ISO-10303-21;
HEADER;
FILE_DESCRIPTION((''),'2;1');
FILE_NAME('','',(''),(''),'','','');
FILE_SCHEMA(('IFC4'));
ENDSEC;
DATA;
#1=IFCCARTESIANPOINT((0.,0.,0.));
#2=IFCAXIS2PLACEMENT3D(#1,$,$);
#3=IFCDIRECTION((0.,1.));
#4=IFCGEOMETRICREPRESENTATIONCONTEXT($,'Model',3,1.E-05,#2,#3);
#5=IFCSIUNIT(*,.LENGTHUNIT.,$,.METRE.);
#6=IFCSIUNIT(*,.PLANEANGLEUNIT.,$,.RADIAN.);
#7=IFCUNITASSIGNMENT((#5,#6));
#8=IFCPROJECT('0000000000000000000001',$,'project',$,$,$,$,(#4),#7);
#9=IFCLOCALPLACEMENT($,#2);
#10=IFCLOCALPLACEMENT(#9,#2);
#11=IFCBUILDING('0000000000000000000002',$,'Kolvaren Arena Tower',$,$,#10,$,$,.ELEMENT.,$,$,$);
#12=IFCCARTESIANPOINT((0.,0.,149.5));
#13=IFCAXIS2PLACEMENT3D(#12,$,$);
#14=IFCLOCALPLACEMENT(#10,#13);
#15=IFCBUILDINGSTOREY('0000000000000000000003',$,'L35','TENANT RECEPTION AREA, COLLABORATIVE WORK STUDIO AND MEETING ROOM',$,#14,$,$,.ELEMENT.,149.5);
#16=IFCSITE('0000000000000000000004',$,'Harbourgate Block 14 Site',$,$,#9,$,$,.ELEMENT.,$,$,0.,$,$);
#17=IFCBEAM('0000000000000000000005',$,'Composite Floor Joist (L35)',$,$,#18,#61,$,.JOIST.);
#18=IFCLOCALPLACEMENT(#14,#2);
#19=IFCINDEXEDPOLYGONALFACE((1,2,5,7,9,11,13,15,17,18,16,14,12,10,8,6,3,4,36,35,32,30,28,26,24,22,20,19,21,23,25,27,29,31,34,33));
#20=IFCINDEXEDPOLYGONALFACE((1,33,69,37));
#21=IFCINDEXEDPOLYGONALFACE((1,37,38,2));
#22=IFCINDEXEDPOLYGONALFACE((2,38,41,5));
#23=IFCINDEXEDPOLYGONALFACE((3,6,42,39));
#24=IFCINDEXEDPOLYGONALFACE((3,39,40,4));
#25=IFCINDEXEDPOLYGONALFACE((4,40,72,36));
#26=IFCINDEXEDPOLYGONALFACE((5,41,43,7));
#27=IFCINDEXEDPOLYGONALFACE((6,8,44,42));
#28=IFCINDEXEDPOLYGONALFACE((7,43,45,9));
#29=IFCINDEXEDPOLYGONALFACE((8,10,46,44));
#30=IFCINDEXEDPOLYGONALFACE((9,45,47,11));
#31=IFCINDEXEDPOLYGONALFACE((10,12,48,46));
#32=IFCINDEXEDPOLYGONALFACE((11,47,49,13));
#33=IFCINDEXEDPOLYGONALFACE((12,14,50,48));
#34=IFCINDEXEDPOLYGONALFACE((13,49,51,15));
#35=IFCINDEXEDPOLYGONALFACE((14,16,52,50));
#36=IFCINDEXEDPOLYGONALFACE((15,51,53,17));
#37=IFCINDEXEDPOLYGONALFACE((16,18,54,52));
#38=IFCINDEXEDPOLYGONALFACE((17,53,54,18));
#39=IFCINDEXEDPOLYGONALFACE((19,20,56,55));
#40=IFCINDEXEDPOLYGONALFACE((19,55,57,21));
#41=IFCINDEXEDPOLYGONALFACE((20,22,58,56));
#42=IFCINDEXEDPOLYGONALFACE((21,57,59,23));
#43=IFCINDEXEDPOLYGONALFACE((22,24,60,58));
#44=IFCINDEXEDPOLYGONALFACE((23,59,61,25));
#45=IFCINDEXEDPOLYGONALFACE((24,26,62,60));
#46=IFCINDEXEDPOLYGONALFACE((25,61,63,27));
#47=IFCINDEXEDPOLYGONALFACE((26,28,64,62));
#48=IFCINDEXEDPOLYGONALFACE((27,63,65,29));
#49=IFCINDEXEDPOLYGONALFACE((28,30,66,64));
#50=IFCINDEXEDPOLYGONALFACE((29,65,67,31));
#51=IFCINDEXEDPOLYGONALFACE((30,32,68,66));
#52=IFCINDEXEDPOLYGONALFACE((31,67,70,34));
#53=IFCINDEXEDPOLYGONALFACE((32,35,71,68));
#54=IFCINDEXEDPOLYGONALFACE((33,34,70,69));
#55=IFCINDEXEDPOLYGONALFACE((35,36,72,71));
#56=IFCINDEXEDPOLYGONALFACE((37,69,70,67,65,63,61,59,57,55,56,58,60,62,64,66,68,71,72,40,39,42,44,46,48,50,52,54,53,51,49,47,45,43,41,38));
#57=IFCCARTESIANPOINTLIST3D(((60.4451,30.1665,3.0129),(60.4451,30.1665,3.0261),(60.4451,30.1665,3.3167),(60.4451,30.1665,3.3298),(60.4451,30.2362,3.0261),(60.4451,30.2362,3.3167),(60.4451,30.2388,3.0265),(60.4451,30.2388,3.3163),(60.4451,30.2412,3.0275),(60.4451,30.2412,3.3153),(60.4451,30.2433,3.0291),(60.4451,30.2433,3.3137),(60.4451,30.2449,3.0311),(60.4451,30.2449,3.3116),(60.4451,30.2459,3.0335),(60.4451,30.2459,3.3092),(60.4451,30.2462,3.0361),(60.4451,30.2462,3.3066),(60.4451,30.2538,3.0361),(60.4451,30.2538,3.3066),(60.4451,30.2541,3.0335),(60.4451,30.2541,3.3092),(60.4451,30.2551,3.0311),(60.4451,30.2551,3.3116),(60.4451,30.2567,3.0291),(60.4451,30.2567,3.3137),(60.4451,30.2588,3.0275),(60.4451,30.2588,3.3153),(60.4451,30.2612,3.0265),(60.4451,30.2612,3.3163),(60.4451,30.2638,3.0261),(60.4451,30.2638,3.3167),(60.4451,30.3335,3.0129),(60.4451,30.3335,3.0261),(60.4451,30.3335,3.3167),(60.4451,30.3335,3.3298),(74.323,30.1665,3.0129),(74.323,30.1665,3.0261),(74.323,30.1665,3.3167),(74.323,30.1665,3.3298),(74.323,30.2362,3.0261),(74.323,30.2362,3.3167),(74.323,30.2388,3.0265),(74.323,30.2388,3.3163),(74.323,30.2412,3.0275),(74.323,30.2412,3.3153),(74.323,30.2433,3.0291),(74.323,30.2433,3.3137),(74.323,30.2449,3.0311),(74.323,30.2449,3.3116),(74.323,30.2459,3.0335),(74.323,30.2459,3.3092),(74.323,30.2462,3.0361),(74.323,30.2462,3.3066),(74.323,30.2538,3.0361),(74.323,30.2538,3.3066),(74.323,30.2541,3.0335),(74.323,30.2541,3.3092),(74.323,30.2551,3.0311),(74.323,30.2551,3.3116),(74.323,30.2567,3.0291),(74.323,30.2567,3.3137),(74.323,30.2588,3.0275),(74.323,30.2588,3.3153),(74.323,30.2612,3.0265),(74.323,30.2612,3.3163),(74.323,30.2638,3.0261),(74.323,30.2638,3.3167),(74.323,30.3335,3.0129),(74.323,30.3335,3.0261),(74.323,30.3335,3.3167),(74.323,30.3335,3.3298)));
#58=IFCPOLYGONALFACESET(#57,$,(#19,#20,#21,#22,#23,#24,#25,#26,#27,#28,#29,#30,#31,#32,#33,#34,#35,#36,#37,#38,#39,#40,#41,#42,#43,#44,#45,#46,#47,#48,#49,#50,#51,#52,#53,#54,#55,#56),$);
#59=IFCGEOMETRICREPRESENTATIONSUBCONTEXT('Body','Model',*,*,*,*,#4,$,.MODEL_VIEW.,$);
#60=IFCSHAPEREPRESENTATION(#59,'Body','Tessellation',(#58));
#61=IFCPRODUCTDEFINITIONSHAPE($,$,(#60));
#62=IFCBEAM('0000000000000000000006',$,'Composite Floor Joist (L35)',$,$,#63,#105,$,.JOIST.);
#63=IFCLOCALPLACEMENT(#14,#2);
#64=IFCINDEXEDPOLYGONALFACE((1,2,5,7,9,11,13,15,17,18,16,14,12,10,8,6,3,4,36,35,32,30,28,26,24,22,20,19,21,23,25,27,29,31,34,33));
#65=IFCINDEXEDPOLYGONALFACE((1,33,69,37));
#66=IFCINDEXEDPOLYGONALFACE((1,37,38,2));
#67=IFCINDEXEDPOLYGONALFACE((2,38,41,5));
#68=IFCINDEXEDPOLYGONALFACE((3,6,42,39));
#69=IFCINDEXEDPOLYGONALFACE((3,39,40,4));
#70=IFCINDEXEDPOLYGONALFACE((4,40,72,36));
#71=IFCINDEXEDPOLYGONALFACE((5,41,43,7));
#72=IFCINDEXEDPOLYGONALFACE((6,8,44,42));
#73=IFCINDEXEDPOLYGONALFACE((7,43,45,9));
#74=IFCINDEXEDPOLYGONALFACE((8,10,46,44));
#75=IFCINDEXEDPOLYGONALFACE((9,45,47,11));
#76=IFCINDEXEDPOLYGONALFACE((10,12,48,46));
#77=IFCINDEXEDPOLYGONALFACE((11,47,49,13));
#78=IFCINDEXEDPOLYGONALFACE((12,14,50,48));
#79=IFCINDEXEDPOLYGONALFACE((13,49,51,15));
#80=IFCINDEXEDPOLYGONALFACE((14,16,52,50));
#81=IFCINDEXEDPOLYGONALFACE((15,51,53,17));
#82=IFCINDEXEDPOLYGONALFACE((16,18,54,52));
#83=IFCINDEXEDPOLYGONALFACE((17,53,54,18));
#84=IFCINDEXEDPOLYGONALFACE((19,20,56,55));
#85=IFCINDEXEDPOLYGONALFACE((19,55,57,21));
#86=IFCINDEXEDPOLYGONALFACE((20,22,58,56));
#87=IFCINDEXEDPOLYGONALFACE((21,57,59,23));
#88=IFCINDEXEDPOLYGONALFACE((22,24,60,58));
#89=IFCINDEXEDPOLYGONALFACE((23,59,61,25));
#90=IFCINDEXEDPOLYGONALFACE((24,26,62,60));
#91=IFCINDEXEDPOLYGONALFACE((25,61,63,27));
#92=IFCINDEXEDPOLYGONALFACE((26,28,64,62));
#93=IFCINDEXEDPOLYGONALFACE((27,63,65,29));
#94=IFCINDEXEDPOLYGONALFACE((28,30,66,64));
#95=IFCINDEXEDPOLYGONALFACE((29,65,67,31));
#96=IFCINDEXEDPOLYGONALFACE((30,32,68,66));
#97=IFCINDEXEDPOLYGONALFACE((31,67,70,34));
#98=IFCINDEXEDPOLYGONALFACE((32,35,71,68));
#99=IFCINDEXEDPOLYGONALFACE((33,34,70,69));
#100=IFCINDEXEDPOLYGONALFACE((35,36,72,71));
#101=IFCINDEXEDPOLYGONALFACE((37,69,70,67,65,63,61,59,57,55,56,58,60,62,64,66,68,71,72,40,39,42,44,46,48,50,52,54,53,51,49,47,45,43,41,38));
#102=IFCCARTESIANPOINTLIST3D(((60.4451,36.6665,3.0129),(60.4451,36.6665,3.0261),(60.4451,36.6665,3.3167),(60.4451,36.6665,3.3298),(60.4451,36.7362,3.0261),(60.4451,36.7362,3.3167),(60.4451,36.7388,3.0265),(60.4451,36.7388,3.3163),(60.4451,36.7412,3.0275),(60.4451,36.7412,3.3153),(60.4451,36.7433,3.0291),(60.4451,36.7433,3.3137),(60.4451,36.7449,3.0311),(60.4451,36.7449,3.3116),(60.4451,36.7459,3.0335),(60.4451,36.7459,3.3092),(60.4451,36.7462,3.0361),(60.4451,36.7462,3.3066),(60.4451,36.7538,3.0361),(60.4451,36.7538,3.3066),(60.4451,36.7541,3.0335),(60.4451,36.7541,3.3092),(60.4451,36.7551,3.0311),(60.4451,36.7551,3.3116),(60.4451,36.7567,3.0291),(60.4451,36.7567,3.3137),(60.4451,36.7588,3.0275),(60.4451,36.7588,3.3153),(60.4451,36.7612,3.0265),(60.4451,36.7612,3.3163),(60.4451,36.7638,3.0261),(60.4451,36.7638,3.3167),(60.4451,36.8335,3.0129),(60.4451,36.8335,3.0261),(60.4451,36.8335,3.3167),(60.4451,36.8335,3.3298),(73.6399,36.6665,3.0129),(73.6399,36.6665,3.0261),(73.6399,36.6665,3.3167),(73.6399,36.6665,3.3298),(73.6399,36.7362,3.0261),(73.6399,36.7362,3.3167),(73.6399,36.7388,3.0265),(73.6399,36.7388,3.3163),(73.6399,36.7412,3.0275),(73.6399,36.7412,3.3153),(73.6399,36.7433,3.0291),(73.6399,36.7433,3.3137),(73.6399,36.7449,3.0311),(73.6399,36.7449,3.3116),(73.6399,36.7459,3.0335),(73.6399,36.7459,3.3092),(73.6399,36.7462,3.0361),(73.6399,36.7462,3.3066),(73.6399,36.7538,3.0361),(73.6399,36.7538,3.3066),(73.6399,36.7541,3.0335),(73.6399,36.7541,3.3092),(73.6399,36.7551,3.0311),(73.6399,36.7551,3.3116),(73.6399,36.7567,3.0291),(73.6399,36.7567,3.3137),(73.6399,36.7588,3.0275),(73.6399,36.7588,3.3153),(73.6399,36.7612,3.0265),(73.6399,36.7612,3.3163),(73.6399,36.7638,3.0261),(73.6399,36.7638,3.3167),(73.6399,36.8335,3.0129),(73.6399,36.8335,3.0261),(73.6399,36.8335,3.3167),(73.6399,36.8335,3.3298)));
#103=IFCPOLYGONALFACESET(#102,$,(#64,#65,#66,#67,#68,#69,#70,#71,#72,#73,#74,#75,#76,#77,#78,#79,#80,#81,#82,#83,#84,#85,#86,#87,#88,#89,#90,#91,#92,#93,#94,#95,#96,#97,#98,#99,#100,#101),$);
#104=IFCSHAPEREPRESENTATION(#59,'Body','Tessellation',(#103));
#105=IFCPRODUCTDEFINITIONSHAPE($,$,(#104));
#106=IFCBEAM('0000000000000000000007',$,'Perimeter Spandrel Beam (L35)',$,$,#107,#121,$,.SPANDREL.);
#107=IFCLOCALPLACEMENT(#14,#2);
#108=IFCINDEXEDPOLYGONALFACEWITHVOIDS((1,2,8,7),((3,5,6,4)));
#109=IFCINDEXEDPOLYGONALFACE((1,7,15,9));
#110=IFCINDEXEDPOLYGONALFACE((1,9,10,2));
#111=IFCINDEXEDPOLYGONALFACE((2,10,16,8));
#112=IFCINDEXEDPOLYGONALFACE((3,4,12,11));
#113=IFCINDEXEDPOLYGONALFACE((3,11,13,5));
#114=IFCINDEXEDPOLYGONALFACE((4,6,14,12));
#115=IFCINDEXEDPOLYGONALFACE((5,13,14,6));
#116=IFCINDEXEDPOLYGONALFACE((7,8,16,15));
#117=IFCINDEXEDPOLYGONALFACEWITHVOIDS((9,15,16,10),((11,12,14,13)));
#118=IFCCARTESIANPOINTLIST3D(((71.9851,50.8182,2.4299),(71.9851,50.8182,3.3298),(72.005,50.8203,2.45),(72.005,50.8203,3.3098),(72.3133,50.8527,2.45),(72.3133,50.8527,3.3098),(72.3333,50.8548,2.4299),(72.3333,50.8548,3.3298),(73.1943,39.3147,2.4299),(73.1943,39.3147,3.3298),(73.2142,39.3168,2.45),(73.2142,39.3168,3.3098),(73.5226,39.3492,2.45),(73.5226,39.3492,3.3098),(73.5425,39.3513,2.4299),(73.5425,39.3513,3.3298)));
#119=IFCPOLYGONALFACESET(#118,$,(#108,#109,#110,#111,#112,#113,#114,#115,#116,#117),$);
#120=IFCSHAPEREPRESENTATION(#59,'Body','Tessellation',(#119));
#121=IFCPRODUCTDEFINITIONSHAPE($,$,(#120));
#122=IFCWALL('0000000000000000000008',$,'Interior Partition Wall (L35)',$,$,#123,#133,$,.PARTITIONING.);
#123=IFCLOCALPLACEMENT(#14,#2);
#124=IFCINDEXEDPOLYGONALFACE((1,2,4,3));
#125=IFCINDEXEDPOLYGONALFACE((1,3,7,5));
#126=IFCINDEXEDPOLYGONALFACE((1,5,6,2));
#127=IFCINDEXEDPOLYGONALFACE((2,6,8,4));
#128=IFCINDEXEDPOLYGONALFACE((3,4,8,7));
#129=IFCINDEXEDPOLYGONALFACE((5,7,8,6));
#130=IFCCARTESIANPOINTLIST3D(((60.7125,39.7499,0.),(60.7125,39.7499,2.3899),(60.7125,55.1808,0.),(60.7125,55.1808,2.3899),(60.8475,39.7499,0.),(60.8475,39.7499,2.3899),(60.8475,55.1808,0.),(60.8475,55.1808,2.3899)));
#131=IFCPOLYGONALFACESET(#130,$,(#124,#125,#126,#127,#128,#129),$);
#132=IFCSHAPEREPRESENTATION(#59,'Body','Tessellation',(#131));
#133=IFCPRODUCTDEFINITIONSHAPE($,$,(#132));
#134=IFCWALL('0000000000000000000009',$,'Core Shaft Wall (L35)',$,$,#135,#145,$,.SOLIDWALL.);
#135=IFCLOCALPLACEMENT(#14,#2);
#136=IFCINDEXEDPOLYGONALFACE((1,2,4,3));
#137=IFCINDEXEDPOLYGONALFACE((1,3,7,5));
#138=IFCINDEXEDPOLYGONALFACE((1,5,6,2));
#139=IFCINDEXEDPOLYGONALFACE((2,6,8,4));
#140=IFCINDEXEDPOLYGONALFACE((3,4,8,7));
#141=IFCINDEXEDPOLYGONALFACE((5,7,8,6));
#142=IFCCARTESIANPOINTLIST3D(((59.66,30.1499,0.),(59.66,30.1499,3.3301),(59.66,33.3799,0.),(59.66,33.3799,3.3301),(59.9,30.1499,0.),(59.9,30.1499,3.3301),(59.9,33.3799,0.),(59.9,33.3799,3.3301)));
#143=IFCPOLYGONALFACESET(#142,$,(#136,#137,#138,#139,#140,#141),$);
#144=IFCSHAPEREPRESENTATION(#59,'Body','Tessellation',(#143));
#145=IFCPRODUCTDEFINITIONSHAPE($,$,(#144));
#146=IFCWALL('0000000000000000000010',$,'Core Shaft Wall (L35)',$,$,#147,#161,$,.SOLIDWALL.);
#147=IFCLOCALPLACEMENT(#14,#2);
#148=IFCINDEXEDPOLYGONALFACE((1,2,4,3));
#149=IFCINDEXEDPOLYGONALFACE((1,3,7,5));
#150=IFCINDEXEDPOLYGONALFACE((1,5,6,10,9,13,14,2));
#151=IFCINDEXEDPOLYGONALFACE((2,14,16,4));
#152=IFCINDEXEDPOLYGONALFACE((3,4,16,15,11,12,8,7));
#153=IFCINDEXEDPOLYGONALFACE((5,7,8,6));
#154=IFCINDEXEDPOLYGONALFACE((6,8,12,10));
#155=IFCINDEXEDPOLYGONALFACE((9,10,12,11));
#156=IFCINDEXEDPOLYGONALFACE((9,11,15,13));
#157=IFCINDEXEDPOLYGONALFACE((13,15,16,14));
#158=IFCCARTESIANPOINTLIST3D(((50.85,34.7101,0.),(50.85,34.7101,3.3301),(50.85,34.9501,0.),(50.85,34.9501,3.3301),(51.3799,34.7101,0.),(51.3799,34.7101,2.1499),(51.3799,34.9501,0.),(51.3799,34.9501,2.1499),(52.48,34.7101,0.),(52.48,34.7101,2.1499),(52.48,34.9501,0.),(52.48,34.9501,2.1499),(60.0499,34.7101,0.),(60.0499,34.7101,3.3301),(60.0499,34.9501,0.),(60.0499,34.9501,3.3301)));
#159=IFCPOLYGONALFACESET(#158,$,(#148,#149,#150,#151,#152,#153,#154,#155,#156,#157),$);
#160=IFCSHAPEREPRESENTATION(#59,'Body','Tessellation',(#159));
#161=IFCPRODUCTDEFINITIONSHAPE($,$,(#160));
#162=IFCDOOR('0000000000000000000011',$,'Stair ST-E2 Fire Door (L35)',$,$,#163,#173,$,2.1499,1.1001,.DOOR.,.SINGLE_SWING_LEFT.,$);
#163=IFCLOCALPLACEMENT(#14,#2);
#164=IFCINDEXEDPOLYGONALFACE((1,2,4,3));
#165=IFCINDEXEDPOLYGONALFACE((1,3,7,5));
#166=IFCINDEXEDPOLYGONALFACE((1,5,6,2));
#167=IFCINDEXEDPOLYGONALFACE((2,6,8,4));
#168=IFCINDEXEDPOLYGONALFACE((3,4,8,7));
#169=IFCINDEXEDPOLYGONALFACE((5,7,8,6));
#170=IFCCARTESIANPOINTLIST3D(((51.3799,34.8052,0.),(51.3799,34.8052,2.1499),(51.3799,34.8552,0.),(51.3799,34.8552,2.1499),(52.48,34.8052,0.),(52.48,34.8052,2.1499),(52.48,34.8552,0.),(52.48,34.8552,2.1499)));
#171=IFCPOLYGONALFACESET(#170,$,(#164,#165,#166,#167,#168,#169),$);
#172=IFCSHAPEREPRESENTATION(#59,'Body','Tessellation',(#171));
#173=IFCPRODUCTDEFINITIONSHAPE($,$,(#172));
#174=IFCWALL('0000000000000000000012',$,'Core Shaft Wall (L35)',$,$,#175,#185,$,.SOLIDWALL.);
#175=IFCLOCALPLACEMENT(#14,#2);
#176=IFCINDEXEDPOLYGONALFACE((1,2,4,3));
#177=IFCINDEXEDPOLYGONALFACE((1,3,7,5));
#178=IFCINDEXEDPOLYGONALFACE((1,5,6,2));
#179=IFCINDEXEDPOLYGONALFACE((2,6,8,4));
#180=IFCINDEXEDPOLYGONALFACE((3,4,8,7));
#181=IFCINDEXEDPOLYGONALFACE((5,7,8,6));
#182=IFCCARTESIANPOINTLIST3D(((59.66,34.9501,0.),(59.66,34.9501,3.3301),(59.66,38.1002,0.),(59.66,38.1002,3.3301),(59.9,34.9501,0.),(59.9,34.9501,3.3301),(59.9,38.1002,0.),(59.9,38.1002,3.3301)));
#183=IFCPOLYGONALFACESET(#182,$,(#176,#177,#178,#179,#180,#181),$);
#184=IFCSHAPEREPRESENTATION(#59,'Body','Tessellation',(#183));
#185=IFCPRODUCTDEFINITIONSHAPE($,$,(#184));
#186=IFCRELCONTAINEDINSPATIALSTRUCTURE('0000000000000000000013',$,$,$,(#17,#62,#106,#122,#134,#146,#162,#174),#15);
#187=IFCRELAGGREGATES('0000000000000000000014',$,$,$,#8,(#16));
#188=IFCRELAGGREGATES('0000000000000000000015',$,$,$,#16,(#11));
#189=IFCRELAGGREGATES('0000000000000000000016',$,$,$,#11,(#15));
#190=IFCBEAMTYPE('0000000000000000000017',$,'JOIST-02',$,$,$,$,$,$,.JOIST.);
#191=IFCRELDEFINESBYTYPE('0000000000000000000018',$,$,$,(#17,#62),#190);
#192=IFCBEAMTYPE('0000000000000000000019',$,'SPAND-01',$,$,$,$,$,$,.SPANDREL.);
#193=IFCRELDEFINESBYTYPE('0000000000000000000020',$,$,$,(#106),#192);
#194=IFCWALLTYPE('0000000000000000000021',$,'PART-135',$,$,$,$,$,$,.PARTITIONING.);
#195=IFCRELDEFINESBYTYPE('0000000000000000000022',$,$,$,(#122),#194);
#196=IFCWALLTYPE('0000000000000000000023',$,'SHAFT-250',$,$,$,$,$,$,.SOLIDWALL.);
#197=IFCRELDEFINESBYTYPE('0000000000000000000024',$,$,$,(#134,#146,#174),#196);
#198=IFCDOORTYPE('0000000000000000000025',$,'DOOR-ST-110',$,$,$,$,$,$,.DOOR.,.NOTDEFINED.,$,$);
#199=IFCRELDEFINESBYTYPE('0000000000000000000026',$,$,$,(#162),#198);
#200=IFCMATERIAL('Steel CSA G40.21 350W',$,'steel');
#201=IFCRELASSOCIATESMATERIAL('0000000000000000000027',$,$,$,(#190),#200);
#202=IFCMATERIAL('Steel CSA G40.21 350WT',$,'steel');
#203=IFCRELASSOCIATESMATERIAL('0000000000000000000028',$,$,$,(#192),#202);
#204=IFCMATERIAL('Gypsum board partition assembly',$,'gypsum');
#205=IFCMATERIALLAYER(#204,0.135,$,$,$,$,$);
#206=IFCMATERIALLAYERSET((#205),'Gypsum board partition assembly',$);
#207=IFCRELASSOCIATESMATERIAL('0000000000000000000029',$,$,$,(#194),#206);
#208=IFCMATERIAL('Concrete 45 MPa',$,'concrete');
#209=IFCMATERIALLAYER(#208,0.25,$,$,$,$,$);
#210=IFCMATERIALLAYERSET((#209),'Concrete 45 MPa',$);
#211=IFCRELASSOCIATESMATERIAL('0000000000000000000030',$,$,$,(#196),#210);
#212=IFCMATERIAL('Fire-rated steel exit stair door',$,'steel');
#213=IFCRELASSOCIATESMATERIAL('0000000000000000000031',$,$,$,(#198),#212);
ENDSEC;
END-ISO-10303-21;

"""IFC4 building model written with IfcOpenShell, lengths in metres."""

from ifc_helpers import new_model, si_unit, direction, frame, frame_2d, origin, origin_2d, place, context, subcontext, project, spatial, rectangle, hollow_rectangle, i_section, extrude, material, layer, layer_set, material_profile, profile_set, type_object, element, fill, save


model = new_model("IFC4")

# Units and contexts
model_context = context("Model", 3, precision=1e-05, world=origin(), true_north=direction((0.0, 1.0)))
body_context = subcontext(model_context, "Body", "Model", "MODEL_VIEW")
ifc_project = project(units=[si_unit("LENGTHUNIT", "METRE"), si_unit("PLANEANGLEUNIT", "RADIAN")], contexts=[model_context])

# Site, building, storey
site_placement = place(None, origin())
site = spatial("IfcSite", under=ifc_project, at=site_placement, Name="Harbourgate Block 14 Site", CompositionType="ELEMENT", RefElevation=0.0)
building_placement = place(site_placement, origin())
building = spatial("IfcBuilding", under=site, at=building_placement, Name="Kolvaren Arena Tower", CompositionType="ELEMENT")
storey_placement = place(building_placement, frame((0.0, 0.0, 149.5)))
storey = spatial("IfcBuildingStorey", under=building, at=storey_placement, Name="L35", Description="TENANT RECEPTION AREA, COLLABORATIVE WORK STUDIO AND MEETING ROOM", CompositionType="ELEMENT", Elevation=149.5)

# Beams
ifc_material_1 = material(Name="Steel CSA G40.21 350W", Category="steel")
ifc_material_profile_1 = material_profile(ifc_material_1, i_section(OverallWidth=0.167, OverallDepth=0.3169, WebThickness=0.0076, FlangeThickness=0.0132, FilletRadius=0.01, at=origin_2d()), Name="W310x52")
ifc_profile_set_1 = profile_set([ifc_material_profile_1], Name="Steel CSA G40.21 350W")
beam_type_1 = type_object("IfcBeamType", Name="JOIST-02", PredefinedType="JOIST", material=ifc_profile_set_1)
beam_1_placement = place(storey_placement, frame((60.4451, 30.25, 3.1714), z_axis=(1.0, 0.0, 0.0), x_axis=(0.0, 1.0, 0.0)))
element("IfcBeam", 1, at=beam_1_placement, inside=storey, type_object=beam_type_1, Name="Composite Floor Joist (L35)", PredefinedType="JOIST", context=body_context, shape_type="SweptSolid", body=[
    extrude(i_section(OverallWidth=0.167, OverallDepth=0.3169, WebThickness=0.0076, FlangeThickness=0.0132, FilletRadius=0.01, at=origin_2d()), origin(), (0.0, 0.0, 1.0), 13.8779),
])
beam_2_placement = place(storey_placement, frame((60.4451, 36.75, 3.1714), z_axis=(1.0, 0.0, 0.0), x_axis=(0.0, 1.0, 0.0)))
element("IfcBeam", 2, at=beam_2_placement, inside=storey, type_object=beam_type_1, Name="Composite Floor Joist (L35)", PredefinedType="JOIST", context=body_context, shape_type="SweptSolid", body=[
    extrude(i_section(OverallWidth=0.167, OverallDepth=0.3169, WebThickness=0.0076, FlangeThickness=0.0132, FilletRadius=0.01, at=origin_2d()), origin(), (0.0, 0.0, 1.0), 13.1948),
])
ifc_material_2 = material(Name="Steel CSA G40.21 350WT", Category="steel")
ifc_material_profile_2 = material_profile(ifc_material_2, hollow_rectangle(XDim=0.3501, YDim=0.8999, WallThickness=0.02, at=origin_2d()), Name="HSS 900x350x20")
ifc_profile_set_2 = profile_set([ifc_material_profile_2], Name="Steel CSA G40.21 350WT")
beam_type_2 = type_object("IfcBeamType", Name="SPAND-01", PredefinedType="SPANDREL", material=ifc_profile_set_2)
beam_3_placement = place(storey_placement, frame((73.3684, 39.333, 2.8799), z_axis=(-0.104543, 0.99452, 0.0), x_axis=(-0.99452, -0.104543, 0.0)))
element("IfcBeam", 3, at=beam_3_placement, inside=storey, type_object=beam_type_2, Name="Perimeter Spandrel Beam (L35)", PredefinedType="SPANDREL", context=body_context, shape_type="SweptSolid", body=[
    extrude(hollow_rectangle(XDim=0.3501, YDim=0.8999, WallThickness=0.02, at=origin_2d()), origin(), (0.0, 0.0, 1.0), 11.5669),
])

# Walls
ifc_material_3 = material(Name="Gypsum board partition assembly", Category="gypsum")
ifc_layer_1 = layer(ifc_material_3, 0.135)
ifc_layer_set_1 = layer_set([ifc_layer_1], Name="Gypsum board partition assembly")
wall_type_1 = type_object("IfcWallType", Name="PART-135", PredefinedType="PARTITIONING", material=ifc_layer_set_1)
wall_1_placement = place(storey_placement, frame((60.78, 39.75, 0.0), z_axis=(0.0, 0.0, 1.0), x_axis=(0.0, 1.0, 0.0)))
element("IfcWall", 4, at=wall_1_placement, inside=storey, type_object=wall_type_1, Name="Interior Partition Wall (L35)", PredefinedType="PARTITIONING", context=body_context, shape_type="SweptSolid", body=[
    extrude(rectangle(XDim=15.4309, YDim=0.135, at=frame_2d((7.7153, 0.0))), origin(), (0.0, 0.0, 1.0), 2.3899),
])
ifc_material_4 = material(Name="Concrete 45 MPa", Category="concrete")
ifc_layer_2 = layer(ifc_material_4, 0.25)
ifc_layer_set_2 = layer_set([ifc_layer_2], Name="Concrete 45 MPa")
wall_type_2 = type_object("IfcWallType", Name="SHAFT-250", PredefinedType="SOLIDWALL", material=ifc_layer_set_2)
wall_2_placement = place(storey_placement, frame((59.78, 30.1499, 0.0), z_axis=(0.0, 0.0, 1.0), x_axis=(0.0, 1.0, 0.0)))
element("IfcWall", 5, at=wall_2_placement, inside=storey, type_object=wall_type_2, Name="Core Shaft Wall (L35)", PredefinedType="SOLIDWALL", context=body_context, shape_type="SweptSolid", body=[
    extrude(rectangle(XDim=3.23, YDim=0.24, at=frame_2d((1.615, 0.0))), origin(), (0.0, 0.0, 1.0), 3.3301),
])

# Wall, opening, door
wall_3_placement = place(storey_placement, frame((60.05, 34.8301, 0.0), z_axis=(0.0, 0.0, 1.0), x_axis=(-1.0, 0.0, 0.0)))
wall_3 = element("IfcWall", 6, at=wall_3_placement, inside=storey, type_object=wall_type_2, Name="Core Shaft Wall (L35)", PredefinedType="SOLIDWALL", context=body_context, shape_type="SweptSolid", body=[
    extrude(rectangle(XDim=9.2, YDim=0.24, at=frame_2d((4.6001, 0.0))), origin(), (0.0, 0.0, 1.0), 3.3301),
])
opening_placement = place(wall_3_placement, frame((7.5701, 0.0, 0.0)))
opening = element("IfcOpeningElement", 7, at=opening_placement, cuts=wall_3, PredefinedType="OPENING", context=body_context, shape_type="SweptSolid", body=[
    extrude(rectangle(XDim=1.1001, YDim=2.1499, at=frame_2d((0.55, 1.075))), frame((0.0, 0.1299, 0.0), z_axis=(0.0, -1.0, 0.0), x_axis=(1.0, 0.0, 0.0)), (0.0, 0.0, 1.0), 0.26),
])
ifc_material_5 = material(Name="Fire-rated steel exit stair door", Category="steel")
door_type = type_object("IfcDoorType", Name="DOOR-ST-110", OperationType="NOTDEFINED", PredefinedType="DOOR", material=ifc_material_5)
door_placement = place(opening_placement, origin())
door = element("IfcDoor", 8, at=door_placement, inside=storey, type_object=door_type, Name="Stair ST-E2 Fire Door (L35)", OperationType="SINGLE_SWING_LEFT", OverallHeight=2.1499, OverallWidth=1.1001, PredefinedType="DOOR", context=body_context, shape_type="SweptSolid", body=[
    extrude(rectangle(XDim=1.1001, YDim=2.1499, at=frame_2d((0.55, 1.075))), frame((0.0, 0.0249, 0.0), z_axis=(0.0, -1.0, 0.0), x_axis=(1.0, 0.0, 0.0)), (0.0, 0.0, 1.0), 0.05),
])
fill(opening, door)

# Wall
wall_4_placement = place(storey_placement, frame((59.78, 34.95, 0.0), z_axis=(0.0, 0.0, 1.0), x_axis=(0.0, 1.0, 0.0)))
element("IfcWall", 9, at=wall_4_placement, inside=storey, type_object=wall_type_2, Name="Core Shaft Wall (L35)", PredefinedType="SOLIDWALL", context=body_context, shape_type="SweptSolid", body=[
    extrude(rectangle(XDim=3.1501, YDim=0.24, at=frame_2d((1.5752, 0.0))), origin(), (0.0, 0.0, 1.0), 3.3301),
])

save(model, "model.ifc")
